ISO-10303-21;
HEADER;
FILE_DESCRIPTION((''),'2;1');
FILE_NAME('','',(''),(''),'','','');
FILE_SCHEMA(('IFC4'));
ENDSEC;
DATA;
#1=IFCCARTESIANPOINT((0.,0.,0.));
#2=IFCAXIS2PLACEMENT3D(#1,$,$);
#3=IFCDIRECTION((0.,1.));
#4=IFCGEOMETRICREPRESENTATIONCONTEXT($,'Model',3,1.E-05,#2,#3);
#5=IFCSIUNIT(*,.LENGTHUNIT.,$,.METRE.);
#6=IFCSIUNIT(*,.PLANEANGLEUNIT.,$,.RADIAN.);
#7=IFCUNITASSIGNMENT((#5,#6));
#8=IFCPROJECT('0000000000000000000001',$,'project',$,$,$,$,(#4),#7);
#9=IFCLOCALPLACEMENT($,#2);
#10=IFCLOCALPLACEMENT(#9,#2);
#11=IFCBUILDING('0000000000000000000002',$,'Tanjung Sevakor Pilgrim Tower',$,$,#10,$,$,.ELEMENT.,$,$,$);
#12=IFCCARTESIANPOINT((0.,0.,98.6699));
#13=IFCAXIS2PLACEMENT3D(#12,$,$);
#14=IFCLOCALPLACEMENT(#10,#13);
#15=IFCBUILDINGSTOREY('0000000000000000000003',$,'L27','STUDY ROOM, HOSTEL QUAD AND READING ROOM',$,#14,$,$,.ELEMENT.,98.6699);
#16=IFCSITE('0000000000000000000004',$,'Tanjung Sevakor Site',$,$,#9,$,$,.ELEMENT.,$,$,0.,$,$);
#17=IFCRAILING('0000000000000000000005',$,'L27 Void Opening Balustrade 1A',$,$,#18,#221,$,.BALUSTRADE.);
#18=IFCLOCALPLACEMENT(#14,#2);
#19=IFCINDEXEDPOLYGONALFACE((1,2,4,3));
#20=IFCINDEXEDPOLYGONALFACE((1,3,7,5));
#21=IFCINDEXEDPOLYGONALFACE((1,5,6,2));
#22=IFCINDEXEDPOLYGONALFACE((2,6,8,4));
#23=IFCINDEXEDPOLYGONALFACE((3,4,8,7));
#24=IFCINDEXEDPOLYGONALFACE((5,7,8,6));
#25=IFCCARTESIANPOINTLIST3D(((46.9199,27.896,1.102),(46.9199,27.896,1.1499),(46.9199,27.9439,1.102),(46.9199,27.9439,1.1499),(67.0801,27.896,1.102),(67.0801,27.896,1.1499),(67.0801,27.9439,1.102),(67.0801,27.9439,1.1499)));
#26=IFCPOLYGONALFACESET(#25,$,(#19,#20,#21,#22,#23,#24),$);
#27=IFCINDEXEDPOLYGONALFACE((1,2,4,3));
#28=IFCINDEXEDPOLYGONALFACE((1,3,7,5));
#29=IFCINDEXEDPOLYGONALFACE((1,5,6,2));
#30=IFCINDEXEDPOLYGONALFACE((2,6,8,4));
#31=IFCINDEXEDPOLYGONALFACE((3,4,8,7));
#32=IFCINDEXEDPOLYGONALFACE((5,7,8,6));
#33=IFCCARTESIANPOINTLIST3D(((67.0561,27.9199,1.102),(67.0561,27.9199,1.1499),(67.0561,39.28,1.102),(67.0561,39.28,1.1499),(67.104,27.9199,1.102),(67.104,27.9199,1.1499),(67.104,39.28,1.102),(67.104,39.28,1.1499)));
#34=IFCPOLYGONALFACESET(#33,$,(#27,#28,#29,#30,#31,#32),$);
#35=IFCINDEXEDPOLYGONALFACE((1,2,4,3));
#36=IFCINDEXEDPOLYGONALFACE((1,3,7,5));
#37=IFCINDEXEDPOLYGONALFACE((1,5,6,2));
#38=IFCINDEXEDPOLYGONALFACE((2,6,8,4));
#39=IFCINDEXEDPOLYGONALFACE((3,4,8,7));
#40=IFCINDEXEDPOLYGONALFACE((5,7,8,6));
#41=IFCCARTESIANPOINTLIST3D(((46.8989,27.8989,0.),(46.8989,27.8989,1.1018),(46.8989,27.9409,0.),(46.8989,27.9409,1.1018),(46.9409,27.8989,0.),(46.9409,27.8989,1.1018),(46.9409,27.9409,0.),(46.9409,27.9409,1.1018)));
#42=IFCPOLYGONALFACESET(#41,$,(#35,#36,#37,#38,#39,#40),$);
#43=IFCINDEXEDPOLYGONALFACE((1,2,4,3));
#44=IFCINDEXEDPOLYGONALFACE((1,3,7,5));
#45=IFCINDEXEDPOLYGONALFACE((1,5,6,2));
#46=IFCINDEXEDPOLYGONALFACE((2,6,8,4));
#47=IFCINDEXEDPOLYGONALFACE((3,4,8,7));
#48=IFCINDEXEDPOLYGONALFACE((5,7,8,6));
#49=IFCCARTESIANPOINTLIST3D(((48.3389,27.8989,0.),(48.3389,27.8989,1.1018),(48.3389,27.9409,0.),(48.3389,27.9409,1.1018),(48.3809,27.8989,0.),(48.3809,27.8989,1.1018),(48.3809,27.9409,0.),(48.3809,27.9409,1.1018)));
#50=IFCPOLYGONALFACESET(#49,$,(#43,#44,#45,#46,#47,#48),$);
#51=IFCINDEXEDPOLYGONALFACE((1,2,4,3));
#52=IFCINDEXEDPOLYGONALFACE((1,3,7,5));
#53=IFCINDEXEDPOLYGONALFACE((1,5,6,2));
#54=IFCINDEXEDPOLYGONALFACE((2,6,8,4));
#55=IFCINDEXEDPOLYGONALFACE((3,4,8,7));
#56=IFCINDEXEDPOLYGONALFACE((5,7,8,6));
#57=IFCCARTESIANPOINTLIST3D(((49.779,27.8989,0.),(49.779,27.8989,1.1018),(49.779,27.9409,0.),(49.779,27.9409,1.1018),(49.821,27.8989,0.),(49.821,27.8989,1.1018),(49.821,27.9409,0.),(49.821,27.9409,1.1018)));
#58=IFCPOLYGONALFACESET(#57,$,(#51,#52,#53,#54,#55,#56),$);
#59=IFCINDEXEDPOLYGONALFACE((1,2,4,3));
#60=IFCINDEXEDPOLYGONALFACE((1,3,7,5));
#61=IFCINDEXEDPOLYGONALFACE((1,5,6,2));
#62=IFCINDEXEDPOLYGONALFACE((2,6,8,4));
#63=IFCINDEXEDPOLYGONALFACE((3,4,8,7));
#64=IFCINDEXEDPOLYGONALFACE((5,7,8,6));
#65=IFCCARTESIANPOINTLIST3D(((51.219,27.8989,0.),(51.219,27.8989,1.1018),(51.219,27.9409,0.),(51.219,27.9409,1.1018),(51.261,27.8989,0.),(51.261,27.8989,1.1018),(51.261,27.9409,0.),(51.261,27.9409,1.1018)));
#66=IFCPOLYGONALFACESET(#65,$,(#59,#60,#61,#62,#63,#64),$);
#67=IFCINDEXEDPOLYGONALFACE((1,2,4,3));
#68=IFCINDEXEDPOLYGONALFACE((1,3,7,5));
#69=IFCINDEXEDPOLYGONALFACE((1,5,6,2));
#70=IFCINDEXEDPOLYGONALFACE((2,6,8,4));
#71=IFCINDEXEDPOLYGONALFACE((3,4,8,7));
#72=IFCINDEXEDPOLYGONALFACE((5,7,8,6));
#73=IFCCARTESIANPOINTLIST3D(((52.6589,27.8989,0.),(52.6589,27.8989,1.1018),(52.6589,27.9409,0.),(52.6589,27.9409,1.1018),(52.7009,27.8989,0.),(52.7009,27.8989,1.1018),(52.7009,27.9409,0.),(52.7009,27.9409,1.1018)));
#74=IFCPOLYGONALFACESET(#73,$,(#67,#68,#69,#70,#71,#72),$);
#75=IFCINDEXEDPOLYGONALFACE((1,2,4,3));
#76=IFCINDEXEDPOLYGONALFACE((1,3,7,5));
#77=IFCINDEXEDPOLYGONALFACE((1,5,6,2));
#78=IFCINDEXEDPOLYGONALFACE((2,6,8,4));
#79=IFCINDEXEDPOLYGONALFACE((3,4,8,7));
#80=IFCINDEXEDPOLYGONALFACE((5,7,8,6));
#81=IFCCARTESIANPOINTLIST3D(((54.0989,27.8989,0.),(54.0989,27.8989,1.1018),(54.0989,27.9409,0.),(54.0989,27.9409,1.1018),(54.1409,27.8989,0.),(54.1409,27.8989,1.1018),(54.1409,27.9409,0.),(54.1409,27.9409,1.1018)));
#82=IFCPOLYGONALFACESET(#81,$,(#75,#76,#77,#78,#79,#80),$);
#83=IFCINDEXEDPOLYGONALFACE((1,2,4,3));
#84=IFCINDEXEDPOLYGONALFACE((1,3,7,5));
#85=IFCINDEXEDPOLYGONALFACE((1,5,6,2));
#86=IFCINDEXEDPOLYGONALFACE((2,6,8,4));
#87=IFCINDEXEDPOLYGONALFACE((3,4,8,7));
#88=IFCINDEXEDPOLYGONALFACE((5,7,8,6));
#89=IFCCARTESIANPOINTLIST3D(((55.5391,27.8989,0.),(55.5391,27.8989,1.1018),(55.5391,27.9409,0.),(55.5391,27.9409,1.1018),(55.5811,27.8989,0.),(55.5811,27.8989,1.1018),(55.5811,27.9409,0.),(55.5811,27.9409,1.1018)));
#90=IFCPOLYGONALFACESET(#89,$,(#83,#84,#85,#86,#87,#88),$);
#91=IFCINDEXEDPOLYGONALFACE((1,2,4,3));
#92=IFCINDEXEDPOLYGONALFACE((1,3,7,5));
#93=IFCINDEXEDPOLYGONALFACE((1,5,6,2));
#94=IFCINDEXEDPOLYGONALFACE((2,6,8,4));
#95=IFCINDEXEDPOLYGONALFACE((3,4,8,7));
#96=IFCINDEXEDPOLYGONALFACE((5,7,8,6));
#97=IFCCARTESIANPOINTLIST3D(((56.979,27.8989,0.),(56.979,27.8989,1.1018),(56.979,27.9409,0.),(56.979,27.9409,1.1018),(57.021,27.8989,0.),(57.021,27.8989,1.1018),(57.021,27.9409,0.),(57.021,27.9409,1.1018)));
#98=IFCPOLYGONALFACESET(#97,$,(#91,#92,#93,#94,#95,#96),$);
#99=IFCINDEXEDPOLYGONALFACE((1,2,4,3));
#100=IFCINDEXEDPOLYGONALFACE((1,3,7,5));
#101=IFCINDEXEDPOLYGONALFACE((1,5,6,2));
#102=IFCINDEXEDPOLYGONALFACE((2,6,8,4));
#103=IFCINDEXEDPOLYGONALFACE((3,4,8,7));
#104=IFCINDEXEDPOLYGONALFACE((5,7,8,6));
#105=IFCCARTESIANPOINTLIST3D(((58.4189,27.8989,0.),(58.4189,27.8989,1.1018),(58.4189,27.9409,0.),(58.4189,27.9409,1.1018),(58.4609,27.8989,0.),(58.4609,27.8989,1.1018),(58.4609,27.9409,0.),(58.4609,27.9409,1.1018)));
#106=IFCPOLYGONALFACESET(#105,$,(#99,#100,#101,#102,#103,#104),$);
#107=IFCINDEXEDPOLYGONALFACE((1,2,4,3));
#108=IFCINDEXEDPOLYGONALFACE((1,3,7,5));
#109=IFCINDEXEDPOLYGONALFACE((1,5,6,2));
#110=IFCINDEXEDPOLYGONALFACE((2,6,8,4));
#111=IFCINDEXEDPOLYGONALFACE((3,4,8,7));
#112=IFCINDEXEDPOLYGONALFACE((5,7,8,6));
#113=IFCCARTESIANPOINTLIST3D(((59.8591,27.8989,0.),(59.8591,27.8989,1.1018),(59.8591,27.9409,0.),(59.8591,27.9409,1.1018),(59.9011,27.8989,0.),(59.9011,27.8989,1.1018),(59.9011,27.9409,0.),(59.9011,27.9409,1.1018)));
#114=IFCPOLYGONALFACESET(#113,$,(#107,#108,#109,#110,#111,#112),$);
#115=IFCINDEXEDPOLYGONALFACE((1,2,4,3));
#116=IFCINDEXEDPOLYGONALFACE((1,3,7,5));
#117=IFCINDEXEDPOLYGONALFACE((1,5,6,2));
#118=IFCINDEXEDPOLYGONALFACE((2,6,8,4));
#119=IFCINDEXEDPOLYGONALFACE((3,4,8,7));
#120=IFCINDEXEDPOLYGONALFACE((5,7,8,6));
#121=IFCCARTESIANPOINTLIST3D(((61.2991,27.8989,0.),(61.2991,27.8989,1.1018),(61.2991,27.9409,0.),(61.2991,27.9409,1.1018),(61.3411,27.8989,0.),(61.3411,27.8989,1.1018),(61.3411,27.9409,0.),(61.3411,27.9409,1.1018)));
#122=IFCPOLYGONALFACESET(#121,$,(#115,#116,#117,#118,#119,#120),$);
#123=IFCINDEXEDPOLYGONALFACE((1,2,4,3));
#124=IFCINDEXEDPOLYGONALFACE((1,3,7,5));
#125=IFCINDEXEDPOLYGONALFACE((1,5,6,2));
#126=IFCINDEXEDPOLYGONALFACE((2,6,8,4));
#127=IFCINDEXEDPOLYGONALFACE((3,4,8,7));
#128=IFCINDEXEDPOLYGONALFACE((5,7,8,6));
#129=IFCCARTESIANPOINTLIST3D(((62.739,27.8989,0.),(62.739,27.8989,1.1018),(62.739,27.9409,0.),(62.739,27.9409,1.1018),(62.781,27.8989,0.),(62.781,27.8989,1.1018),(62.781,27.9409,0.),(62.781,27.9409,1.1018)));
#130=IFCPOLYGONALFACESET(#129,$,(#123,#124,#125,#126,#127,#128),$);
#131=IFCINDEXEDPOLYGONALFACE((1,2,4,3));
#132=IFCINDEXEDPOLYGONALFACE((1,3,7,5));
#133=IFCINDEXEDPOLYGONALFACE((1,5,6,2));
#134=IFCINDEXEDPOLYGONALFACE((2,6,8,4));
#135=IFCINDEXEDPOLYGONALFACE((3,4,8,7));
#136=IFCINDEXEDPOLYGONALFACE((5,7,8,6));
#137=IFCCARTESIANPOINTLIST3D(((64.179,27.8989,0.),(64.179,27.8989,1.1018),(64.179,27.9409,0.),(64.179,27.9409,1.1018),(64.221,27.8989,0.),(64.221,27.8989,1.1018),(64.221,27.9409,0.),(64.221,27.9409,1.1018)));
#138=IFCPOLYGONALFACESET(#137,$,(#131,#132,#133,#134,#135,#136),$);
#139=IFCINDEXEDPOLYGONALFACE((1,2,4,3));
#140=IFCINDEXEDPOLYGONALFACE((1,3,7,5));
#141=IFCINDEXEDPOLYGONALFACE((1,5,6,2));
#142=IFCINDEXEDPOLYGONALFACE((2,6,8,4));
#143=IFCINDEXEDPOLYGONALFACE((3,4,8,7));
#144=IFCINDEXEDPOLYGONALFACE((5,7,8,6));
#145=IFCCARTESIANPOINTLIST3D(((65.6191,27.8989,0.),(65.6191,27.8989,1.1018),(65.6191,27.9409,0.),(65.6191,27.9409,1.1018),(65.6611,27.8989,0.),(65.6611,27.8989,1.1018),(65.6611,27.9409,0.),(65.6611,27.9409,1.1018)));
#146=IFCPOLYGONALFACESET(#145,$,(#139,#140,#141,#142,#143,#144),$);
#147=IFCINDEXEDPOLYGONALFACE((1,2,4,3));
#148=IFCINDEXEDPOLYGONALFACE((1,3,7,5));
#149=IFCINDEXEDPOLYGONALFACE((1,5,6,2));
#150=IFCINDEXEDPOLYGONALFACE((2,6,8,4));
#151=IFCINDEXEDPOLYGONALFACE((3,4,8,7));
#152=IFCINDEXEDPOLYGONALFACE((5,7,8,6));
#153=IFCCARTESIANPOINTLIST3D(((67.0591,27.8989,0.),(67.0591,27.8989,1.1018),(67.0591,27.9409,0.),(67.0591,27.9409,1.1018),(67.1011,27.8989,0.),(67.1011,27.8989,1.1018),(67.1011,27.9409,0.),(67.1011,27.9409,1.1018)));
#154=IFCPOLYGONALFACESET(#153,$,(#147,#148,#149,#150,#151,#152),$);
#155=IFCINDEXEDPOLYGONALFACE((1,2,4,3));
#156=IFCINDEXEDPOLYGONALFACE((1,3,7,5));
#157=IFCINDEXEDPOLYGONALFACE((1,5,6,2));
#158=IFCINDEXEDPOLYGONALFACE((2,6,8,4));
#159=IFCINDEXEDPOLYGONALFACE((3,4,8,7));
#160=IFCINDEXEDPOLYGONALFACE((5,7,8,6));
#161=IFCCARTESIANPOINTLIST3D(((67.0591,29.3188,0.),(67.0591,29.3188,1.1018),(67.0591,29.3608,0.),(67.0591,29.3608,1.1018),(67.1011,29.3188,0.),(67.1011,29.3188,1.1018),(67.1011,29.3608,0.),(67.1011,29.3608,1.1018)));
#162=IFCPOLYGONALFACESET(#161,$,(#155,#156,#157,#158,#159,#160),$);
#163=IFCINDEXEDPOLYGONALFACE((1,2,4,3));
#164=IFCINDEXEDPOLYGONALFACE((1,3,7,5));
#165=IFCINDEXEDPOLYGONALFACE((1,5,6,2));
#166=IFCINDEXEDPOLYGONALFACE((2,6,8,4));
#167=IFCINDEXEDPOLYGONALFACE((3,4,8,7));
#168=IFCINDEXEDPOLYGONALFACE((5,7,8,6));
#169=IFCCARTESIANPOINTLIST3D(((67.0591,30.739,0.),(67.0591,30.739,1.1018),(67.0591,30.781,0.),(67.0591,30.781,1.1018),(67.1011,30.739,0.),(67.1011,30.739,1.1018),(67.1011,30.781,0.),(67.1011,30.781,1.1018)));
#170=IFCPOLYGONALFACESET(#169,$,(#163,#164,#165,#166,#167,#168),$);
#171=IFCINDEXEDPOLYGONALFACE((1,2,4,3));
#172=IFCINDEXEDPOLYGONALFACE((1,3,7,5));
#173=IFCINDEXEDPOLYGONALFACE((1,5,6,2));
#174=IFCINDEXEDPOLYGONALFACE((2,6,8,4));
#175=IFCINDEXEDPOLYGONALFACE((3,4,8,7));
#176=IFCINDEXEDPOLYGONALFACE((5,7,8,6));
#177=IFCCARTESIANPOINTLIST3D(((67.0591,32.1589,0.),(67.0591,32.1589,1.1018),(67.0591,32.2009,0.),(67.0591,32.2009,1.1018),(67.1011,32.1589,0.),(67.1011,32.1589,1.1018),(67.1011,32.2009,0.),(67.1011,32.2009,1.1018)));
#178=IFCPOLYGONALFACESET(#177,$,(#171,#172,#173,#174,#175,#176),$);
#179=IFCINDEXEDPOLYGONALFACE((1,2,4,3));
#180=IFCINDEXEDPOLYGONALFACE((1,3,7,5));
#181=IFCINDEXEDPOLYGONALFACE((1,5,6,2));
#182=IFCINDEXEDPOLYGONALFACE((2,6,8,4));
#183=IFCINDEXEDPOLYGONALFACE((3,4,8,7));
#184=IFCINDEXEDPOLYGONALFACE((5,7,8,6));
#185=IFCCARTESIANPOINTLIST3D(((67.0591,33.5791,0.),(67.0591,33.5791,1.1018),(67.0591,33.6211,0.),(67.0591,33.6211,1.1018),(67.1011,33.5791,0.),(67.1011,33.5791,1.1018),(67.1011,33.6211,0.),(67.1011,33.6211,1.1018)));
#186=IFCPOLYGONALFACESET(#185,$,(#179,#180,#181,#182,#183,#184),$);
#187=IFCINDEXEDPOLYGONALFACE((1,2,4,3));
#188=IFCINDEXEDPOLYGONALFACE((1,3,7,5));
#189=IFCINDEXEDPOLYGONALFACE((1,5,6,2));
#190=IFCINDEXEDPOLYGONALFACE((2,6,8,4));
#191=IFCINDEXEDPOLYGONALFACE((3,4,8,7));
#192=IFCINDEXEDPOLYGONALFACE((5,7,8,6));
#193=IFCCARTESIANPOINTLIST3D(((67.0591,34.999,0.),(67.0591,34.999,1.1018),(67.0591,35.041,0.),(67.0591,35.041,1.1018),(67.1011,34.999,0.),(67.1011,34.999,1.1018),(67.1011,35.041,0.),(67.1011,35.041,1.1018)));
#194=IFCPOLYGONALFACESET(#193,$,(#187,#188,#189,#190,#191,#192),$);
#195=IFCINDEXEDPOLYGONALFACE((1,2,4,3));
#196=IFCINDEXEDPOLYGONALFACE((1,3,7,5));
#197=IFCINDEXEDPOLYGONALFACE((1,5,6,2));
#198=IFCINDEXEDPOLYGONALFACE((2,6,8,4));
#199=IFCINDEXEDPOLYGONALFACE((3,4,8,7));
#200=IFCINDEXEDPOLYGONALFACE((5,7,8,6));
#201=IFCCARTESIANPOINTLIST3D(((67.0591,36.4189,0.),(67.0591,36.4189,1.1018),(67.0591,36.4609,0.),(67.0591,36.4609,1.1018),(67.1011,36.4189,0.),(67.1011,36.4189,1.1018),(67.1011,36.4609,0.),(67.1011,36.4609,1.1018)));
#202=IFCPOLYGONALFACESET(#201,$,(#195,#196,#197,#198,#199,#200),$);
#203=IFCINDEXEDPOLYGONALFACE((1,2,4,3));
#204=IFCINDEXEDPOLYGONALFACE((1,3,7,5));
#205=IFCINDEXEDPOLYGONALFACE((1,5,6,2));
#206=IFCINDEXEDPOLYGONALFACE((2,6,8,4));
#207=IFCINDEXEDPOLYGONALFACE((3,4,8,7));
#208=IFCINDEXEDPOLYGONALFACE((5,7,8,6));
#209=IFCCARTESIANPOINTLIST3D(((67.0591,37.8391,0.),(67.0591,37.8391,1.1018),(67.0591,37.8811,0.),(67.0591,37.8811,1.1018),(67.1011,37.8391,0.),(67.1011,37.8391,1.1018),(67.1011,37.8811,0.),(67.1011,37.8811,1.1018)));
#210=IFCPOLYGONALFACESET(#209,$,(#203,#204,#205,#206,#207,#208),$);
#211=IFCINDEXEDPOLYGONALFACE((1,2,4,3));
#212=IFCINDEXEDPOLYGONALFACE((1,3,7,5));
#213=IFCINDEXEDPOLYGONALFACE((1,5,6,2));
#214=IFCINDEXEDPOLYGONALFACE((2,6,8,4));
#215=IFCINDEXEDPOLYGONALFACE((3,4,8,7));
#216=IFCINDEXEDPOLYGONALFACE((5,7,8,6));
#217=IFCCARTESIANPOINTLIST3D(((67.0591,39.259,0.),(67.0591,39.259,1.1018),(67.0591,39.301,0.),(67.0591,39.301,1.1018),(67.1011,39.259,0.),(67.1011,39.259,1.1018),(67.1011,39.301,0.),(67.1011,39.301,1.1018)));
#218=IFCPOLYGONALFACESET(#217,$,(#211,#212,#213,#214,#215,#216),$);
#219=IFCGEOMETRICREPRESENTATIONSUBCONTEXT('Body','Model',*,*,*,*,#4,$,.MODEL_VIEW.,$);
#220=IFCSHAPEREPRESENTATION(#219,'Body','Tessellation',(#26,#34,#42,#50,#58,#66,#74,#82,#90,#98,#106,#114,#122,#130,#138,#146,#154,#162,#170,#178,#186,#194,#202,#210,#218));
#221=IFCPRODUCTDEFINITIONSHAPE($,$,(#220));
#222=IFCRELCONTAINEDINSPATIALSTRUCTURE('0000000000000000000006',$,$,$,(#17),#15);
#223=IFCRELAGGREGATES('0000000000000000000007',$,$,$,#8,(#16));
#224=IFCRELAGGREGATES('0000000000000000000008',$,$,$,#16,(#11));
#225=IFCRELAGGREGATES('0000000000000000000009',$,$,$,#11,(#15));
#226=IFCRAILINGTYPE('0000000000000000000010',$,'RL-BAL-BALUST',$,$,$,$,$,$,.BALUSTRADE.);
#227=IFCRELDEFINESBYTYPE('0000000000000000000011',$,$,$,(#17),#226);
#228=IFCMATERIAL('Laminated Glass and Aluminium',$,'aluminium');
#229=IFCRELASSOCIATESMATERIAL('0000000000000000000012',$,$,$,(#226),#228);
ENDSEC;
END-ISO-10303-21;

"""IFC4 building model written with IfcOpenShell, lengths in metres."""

from ifc_helpers import new_model, si_unit, direction, frame, origin, place, context, subcontext, project, spatial, rectangle, extrude, material, type_object, element, save


model = new_model("IFC4")

# Units and contexts
model_context = context("Model", 3, precision=1e-05, world=origin(), true_north=direction((0.0, 1.0)))
body_context = subcontext(model_context, "Body", "Model", "MODEL_VIEW")
ifc_project = project(units=[si_unit("LENGTHUNIT", "METRE"), si_unit("PLANEANGLEUNIT", "RADIAN")], contexts=[model_context])

# Site, building, storey
site_placement = place(None, origin())
site = spatial("IfcSite", under=ifc_project, at=site_placement, Name="Tanjung Sevakor Site", CompositionType="ELEMENT", RefElevation=0.0)
building_placement = place(site_placement, origin())
building = spatial("IfcBuilding", under=site, at=building_placement, Name="Tanjung Sevakor Pilgrim Tower", CompositionType="ELEMENT")
storey_placement = place(building_placement, frame((0.0, 0.0, 98.6699)))
storey = spatial("IfcBuildingStorey", under=building, at=storey_placement, Name="L27", Description="STUDY ROOM, HOSTEL QUAD AND READING ROOM", CompositionType="ELEMENT", Elevation=98.6699)

# Railing
ifc_material_1 = material(Name="Laminated Glass and Aluminium", Category="aluminium")
railing_type = type_object("IfcRailingType", Name="RL-BAL-BALUST", PredefinedType="BALUSTRADE", material=ifc_material_1)
railing_placement = place(storey_placement, frame((46.9199, 27.9199, 0.0)))
element("IfcRailing", 1, at=railing_placement, inside=storey, type_object=railing_type, Name="L27 Void Opening Balustrade 1A", PredefinedType="BALUSTRADE", context=body_context, shape_type="SweptSolid", body=[
    extrude(rectangle(XDim=0.0479, YDim=0.0479), frame((0.0, 0.0, 1.126), z_axis=(1.0, 0.0, 0.0), x_axis=(0.0, 1.0, 0.0)), (0.0, 0.0, 1.0), 20.1602),
    extrude(rectangle(XDim=0.0479, YDim=0.0479), frame((20.1602, 0.0, 1.126), z_axis=(0.0, 1.0, 0.0), x_axis=(-1.0, 0.0, 0.0)), (0.0, 0.0, 1.0), 11.3601),
    extrude(rectangle(XDim=0.042, YDim=0.042), origin(), (0.0, 0.0, 1.0), 1.1018),
    extrude(rectangle(XDim=0.042, YDim=0.042), frame((1.4399, 0.0, 0.0)), (0.0, 0.0, 1.0), 1.1018),
    extrude(rectangle(XDim=0.042, YDim=0.042), frame((2.8801, 0.0, 0.0)), (0.0, 0.0, 1.0), 1.1018),
    extrude(rectangle(XDim=0.042, YDim=0.042), frame((4.3201, 0.0, 0.0)), (0.0, 0.0, 1.0), 1.1018),
    extrude(rectangle(XDim=0.042, YDim=0.042), frame((5.76, 0.0, 0.0)), (0.0, 0.0, 1.0), 1.1018),
    extrude(rectangle(XDim=0.042, YDim=0.042), frame((7.2, 0.0, 0.0)), (0.0, 0.0, 1.0), 1.1018),
    extrude(rectangle(XDim=0.042, YDim=0.042), frame((8.6401, 0.0, 0.0)), (0.0, 0.0, 1.0), 1.1018),
    extrude(rectangle(XDim=0.042, YDim=0.042), frame((10.0801, 0.0, 0.0)), (0.0, 0.0, 1.0), 1.1018),
    extrude(rectangle(XDim=0.042, YDim=0.042), frame((11.52, 0.0, 0.0)), (0.0, 0.0, 1.0), 1.1018),
    extrude(rectangle(XDim=0.042, YDim=0.042), frame((12.9602, 0.0, 0.0)), (0.0, 0.0, 1.0), 1.1018),
    extrude(rectangle(XDim=0.042, YDim=0.042), frame((14.4001, 0.0, 0.0)), (0.0, 0.0, 1.0), 1.1018),
    extrude(rectangle(XDim=0.042, YDim=0.042), frame((15.8401, 0.0, 0.0)), (0.0, 0.0, 1.0), 1.1018),
    extrude(rectangle(XDim=0.042, YDim=0.042), frame((17.28, 0.0, 0.0)), (0.0, 0.0, 1.0), 1.1018),
    extrude(rectangle(XDim=0.042, YDim=0.042), frame((18.7202, 0.0, 0.0)), (0.0, 0.0, 1.0), 1.1018),
    extrude(rectangle(XDim=0.042, YDim=0.042), frame((20.1602, 0.0, 0.0)), (0.0, 0.0, 1.0), 1.1018),
    extrude(rectangle(XDim=0.042, YDim=0.042), frame((20.1602, 1.4199, 0.0)), (0.0, 0.0, 1.0), 1.1018),
    extrude(rectangle(XDim=0.042, YDim=0.042), frame((20.1602, 2.8401, 0.0)), (0.0, 0.0, 1.0), 1.1018),
    extrude(rectangle(XDim=0.042, YDim=0.042), frame((20.1602, 4.26, 0.0)), (0.0, 0.0, 1.0), 1.1018),
    extrude(rectangle(XDim=0.042, YDim=0.042), frame((20.1602, 5.6802, 0.0)), (0.0, 0.0, 1.0), 1.1018),
    extrude(rectangle(XDim=0.042, YDim=0.042), frame((20.1602, 7.1001, 0.0)), (0.0, 0.0, 1.0), 1.1018),
    extrude(rectangle(XDim=0.042, YDim=0.042), frame((20.1602, 8.52, 0.0)), (0.0, 0.0, 1.0), 1.1018),
    extrude(rectangle(XDim=0.042, YDim=0.042), frame((20.1602, 9.9402, 0.0)), (0.0, 0.0, 1.0), 1.1018),
    extrude(rectangle(XDim=0.042, YDim=0.042), frame((20.1602, 11.3601, 0.0)), (0.0, 0.0, 1.0), 1.1018),
])

save(model, "model.ifc")
